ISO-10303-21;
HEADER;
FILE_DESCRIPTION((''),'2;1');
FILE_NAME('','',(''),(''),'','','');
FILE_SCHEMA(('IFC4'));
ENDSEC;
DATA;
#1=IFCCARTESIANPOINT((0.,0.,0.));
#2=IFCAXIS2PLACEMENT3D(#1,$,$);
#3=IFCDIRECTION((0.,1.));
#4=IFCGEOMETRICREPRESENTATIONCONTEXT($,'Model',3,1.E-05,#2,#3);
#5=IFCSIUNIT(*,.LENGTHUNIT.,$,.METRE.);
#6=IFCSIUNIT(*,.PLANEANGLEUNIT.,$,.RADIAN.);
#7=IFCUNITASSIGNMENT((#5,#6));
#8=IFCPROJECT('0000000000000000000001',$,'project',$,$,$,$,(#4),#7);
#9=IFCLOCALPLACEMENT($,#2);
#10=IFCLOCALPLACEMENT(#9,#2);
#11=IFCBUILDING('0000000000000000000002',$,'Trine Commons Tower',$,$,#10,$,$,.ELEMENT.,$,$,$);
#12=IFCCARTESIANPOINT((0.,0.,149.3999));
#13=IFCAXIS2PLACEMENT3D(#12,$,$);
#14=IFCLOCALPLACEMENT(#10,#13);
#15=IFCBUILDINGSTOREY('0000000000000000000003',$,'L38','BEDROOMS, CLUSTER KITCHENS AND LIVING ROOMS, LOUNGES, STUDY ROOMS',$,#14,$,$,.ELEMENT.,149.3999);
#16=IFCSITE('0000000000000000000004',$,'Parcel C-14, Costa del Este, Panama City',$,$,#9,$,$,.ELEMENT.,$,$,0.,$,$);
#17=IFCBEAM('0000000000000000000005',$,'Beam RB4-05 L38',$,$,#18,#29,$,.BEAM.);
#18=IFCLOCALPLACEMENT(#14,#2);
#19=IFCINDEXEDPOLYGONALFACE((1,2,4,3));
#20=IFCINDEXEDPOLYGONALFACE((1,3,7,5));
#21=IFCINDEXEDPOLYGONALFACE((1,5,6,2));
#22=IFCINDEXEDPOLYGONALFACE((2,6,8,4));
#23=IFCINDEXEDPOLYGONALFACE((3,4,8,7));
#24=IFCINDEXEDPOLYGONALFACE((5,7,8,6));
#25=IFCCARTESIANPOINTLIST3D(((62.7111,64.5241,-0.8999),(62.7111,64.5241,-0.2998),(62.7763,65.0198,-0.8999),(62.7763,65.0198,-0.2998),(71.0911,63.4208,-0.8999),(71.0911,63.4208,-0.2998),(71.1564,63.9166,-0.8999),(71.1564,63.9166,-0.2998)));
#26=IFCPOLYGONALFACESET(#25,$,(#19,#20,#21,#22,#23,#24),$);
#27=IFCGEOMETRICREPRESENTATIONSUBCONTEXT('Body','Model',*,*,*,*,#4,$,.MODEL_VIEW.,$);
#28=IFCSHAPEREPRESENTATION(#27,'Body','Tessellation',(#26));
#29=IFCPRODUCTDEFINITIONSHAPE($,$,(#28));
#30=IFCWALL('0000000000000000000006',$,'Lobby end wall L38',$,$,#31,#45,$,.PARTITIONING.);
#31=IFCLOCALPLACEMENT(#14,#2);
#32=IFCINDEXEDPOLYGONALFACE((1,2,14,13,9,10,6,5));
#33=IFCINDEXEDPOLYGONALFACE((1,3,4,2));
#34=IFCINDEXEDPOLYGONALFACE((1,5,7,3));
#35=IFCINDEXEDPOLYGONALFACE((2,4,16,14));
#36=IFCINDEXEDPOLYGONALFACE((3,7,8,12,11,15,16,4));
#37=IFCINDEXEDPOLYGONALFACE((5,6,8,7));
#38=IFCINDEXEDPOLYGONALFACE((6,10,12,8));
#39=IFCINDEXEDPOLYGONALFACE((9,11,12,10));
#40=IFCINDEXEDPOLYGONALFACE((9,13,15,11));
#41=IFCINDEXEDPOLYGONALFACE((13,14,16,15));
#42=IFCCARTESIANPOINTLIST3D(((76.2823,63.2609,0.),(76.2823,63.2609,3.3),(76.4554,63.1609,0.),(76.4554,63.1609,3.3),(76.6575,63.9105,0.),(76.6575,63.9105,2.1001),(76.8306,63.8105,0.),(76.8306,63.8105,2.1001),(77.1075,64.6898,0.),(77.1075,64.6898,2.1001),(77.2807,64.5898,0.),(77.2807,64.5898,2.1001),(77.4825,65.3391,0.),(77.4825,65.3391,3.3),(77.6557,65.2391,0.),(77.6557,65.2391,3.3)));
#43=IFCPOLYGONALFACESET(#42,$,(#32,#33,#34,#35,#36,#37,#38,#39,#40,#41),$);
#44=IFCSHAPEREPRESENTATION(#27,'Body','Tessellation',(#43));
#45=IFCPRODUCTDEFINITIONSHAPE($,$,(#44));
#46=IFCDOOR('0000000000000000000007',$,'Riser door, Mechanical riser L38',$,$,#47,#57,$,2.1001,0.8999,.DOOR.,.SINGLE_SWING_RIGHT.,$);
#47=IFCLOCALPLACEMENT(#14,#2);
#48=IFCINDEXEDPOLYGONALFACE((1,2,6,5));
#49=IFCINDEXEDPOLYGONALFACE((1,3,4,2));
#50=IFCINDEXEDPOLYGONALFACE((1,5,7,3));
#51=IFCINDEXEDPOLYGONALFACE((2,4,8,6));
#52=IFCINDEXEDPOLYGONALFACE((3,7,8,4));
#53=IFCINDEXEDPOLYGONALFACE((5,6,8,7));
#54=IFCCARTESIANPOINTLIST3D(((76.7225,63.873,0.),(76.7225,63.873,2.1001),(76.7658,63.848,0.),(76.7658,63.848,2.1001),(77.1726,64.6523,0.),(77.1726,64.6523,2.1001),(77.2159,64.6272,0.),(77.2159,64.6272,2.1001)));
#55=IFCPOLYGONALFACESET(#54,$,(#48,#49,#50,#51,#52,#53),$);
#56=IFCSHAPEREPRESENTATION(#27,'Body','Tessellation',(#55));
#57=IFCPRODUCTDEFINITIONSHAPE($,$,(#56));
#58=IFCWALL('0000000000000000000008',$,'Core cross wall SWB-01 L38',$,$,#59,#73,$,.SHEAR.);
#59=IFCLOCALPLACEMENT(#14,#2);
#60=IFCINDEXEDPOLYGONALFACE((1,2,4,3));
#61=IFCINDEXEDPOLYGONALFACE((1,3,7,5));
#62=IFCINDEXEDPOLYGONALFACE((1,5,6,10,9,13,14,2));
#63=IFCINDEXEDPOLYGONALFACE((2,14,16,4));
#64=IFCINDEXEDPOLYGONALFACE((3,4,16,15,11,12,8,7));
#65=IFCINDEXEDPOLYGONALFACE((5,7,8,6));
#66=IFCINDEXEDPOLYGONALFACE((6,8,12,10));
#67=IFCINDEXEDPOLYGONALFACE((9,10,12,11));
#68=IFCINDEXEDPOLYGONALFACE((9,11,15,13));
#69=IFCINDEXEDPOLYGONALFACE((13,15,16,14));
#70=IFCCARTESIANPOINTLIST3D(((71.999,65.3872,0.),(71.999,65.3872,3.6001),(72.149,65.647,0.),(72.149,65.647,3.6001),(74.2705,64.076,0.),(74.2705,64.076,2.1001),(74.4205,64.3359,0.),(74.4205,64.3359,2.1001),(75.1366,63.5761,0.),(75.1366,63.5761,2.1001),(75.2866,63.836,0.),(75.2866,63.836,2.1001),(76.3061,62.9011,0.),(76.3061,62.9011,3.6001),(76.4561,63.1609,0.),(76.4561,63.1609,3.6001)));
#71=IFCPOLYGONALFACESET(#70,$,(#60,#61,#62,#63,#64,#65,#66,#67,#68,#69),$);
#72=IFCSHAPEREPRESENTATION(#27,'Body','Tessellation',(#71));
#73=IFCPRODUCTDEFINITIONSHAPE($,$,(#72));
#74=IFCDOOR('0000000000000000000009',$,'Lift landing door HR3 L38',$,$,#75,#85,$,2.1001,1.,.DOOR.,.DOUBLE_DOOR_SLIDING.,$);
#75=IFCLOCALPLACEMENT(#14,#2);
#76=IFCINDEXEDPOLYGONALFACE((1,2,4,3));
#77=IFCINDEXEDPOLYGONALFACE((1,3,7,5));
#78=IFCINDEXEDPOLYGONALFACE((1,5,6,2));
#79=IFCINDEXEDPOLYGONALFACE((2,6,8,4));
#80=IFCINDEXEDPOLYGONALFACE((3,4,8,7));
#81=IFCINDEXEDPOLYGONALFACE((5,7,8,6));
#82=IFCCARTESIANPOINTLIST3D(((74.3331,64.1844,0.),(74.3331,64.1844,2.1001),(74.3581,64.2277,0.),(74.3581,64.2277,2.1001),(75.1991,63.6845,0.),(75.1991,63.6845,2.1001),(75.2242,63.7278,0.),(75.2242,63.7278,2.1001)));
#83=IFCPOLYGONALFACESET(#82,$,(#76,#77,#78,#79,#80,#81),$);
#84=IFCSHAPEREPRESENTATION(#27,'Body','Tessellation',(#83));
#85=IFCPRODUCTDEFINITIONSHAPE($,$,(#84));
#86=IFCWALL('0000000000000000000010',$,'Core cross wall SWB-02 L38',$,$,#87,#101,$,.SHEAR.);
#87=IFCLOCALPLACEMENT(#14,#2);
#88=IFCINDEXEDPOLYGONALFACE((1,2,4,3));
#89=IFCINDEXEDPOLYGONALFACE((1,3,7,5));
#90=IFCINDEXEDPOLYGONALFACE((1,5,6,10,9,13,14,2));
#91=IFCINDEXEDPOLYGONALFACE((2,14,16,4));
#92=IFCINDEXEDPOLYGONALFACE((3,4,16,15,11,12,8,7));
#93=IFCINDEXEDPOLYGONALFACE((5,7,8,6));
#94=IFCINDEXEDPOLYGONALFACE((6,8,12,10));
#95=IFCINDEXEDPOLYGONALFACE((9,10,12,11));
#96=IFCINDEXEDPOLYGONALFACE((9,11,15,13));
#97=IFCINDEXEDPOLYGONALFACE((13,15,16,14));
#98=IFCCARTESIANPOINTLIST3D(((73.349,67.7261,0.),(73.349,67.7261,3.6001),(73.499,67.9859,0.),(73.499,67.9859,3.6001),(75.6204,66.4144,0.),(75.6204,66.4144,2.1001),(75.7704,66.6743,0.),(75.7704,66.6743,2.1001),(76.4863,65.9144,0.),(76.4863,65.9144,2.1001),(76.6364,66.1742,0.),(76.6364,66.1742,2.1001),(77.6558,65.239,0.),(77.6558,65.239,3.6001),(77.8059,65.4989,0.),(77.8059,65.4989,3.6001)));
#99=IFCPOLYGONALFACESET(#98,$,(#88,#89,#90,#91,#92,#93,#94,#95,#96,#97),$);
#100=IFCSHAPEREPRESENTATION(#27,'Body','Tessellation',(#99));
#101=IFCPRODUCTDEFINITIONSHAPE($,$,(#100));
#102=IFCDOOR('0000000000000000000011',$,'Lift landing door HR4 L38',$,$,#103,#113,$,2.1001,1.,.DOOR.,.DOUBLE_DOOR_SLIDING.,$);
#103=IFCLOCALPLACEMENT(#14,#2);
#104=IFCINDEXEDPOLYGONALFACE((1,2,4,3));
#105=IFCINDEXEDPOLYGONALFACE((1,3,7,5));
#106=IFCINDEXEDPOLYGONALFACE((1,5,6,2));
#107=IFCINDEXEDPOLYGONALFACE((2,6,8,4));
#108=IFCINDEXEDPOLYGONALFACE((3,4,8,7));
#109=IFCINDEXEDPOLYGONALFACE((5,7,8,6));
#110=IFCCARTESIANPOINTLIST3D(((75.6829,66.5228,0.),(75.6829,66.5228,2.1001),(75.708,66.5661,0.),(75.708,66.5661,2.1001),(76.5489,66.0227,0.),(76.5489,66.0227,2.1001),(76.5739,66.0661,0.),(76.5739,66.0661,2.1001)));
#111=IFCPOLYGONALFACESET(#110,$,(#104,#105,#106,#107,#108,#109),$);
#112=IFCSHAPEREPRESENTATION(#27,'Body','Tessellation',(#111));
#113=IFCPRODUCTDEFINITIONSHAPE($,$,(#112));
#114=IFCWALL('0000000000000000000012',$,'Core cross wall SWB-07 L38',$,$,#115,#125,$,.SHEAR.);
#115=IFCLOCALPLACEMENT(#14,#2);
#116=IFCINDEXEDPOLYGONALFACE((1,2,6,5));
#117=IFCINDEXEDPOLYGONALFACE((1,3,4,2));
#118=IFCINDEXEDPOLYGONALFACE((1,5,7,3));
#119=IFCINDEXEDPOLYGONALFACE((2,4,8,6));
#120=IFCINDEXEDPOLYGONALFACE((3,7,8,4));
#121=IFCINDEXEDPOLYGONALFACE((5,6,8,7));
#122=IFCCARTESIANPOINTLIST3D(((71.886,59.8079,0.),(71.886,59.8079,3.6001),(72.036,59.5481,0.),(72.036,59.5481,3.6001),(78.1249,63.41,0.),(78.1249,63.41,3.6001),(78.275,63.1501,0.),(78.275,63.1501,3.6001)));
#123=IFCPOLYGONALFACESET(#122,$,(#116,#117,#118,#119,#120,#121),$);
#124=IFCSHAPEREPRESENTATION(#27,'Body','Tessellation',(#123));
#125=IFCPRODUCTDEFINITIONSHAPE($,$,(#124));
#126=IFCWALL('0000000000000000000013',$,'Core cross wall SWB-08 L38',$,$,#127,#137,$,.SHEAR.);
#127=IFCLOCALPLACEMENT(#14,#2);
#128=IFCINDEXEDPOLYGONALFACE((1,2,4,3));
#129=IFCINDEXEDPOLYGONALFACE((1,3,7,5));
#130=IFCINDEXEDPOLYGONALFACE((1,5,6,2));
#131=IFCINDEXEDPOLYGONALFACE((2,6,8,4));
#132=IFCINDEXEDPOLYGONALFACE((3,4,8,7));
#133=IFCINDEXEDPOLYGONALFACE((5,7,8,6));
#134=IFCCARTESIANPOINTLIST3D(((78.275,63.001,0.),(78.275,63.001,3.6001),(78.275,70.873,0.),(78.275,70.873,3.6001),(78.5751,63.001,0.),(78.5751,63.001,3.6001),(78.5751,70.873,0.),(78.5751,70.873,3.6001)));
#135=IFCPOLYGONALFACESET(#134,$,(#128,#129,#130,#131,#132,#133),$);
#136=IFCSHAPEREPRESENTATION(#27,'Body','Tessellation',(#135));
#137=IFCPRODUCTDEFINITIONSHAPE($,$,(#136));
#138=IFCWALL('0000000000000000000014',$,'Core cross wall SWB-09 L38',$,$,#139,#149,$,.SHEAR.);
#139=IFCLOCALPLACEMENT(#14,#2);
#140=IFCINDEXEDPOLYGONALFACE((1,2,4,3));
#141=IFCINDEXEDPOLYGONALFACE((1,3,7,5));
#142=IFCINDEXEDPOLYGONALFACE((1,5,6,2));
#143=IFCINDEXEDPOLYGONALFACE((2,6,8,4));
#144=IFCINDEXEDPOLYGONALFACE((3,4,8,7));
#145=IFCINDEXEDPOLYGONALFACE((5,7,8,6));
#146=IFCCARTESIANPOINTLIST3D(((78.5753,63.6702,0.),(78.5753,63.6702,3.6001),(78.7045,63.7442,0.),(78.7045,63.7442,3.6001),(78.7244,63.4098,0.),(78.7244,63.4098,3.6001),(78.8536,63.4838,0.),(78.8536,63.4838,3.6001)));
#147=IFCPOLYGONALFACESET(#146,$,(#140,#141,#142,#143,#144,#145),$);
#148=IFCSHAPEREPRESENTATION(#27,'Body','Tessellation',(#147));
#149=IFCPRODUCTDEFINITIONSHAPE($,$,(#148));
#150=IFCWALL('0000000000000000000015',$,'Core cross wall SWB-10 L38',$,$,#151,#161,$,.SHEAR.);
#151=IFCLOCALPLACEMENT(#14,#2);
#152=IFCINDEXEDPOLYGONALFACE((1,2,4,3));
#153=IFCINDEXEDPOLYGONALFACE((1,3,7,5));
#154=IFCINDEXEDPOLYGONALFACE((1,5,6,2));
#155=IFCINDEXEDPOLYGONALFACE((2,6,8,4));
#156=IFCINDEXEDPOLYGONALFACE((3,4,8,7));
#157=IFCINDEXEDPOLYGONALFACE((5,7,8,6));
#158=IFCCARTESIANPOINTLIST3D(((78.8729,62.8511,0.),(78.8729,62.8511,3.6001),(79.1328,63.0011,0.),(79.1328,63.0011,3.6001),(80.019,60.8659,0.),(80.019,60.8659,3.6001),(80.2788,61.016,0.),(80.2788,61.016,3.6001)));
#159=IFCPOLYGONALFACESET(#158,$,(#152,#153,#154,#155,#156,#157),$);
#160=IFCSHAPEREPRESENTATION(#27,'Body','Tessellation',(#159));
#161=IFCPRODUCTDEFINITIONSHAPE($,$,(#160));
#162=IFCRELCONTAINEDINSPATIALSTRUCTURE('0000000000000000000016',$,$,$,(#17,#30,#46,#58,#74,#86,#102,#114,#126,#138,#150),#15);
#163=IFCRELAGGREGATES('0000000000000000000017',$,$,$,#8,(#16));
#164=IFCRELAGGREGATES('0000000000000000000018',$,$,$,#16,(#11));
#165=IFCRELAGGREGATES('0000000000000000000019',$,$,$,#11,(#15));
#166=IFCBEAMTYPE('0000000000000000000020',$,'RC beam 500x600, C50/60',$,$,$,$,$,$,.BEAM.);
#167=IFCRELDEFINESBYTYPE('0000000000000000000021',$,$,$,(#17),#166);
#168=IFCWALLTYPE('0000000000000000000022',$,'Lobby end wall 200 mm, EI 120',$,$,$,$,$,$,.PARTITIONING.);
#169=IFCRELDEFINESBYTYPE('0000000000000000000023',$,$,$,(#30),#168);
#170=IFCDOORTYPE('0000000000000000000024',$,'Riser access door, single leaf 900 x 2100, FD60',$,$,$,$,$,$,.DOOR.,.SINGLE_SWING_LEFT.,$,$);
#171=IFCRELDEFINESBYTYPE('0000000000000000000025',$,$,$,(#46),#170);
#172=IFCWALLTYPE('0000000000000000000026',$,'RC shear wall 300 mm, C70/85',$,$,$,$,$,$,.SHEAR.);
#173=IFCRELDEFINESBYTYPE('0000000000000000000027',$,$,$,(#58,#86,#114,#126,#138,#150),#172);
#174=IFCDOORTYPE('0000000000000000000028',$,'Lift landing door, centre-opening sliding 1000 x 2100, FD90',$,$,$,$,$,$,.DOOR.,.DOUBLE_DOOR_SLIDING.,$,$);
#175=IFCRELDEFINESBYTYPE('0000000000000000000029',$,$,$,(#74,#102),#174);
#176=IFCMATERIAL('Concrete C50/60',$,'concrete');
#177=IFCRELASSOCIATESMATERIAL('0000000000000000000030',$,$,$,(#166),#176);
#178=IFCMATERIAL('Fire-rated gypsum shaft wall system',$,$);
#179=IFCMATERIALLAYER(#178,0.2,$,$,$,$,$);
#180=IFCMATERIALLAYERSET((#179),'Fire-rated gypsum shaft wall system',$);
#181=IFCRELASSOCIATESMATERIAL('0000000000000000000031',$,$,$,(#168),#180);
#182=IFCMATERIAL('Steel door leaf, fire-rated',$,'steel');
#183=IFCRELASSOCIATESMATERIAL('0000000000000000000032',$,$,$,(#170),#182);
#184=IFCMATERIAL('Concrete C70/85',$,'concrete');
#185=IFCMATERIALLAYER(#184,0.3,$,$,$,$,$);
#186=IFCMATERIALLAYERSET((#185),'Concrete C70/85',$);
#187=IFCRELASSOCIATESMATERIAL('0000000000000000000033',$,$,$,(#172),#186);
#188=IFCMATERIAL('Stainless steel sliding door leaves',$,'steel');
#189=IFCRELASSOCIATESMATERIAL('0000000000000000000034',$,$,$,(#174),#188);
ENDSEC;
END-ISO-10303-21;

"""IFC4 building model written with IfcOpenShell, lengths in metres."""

from ifc_helpers import new_model, si_unit, direction, frame, frame_2d, origin, origin_2d, place, context, subcontext, project, spatial, rectangle, extrude, material, layer, layer_set, material_profile, profile_set, type_object, element, fill, save


model = new_model("IFC4")

# Units and contexts
model_context = context("Model", 3, precision=1e-05, world=origin(), true_north=direction((0.0, 1.0)))
body_context = subcontext(model_context, "Body", "Model", "MODEL_VIEW")
ifc_project = project(units=[si_unit("LENGTHUNIT", "METRE"), si_unit("PLANEANGLEUNIT", "RADIAN")], contexts=[model_context])

# Site, building, storey
site_placement = place(None, origin())
site = spatial("IfcSite", under=ifc_project, at=site_placement, Name="Parcel C-14, Costa del Este, Panama City", CompositionType="ELEMENT", RefElevation=0.0)
building_placement = place(site_placement, origin())
building = spatial("IfcBuilding", under=site, at=building_placement, Name="Trine Commons Tower", CompositionType="ELEMENT")
storey_placement = place(building_placement, frame((0.0, 0.0, 149.3999)))
storey = spatial("IfcBuildingStorey", under=building, at=storey_placement, Name="L38", Description="BEDROOMS, CLUSTER KITCHENS AND LIVING ROOMS, LOUNGES, STUDY ROOMS", CompositionType="ELEMENT", Elevation=149.3999)

# Beam
ifc_material_1 = material(Name="Concrete C50/60", Category="concrete")
ifc_material_profile = material_profile(ifc_material_1, rectangle(XDim=0.5, YDim=0.6001, at=origin_2d()), Name="RC 500x600")
ifc_profile_set = profile_set([ifc_material_profile], Name="Concrete C50/60")
beam_type = type_object("IfcBeamType", Name="RC beam 500x600, C50/60", PredefinedType="BEAM", material=ifc_profile_set)
beam_placement = place(storey_placement, frame((71.1238, 63.6687, -0.5999), z_axis=(-0.991445, 0.130527, 0.0), x_axis=(-0.130527, -0.991445, 0.0)))
element("IfcBeam", 1, at=beam_placement, inside=storey, type_object=beam_type, Name="Beam RB4-05 L38", PredefinedType="BEAM", context=body_context, shape_type="SweptSolid", body=[
    extrude(rectangle(XDim=0.5, YDim=0.6001, at=origin_2d()), origin(), (0.0, 0.0, 1.0), 8.4524),
])

# Walls, openings, doors
ifc_material_2 = material(Name="Fire-rated gypsum shaft wall system")
ifc_layer_1 = layer(ifc_material_2, 0.2)
ifc_layer_set_1 = layer_set([ifc_layer_1], Name="Fire-rated gypsum shaft wall system")
wall_type_1 = type_object("IfcWallType", Name="Lobby end wall 200 mm, EI 120", PredefinedType="PARTITIONING", material=ifc_layer_set_1)
wall_1_placement = place(storey_placement, frame((77.5691, 65.2891, 0.0), z_axis=(0.0, 0.0, 1.0), x_axis=(-0.500122, -0.865955, 0.0)))
wall_1 = element("IfcWall", 2, at=wall_1_placement, inside=storey, type_object=wall_type_1, Name="Lobby end wall L38", PredefinedType="PARTITIONING", context=body_context, shape_type="SweptSolid", body=[
    extrude(rectangle(XDim=2.3999, YDim=0.2, at=frame_2d((1.2, 0.0))), origin(), (0.0, 0.0, 1.0), 3.3),
])
opening_1_placement = place(wall_1_placement, frame((0.7498, 0.0, 0.0)))
opening_1 = element("IfcOpeningElement", 3, at=opening_1_placement, cuts=wall_1, PredefinedType="OPENING", context=body_context, shape_type="SweptSolid", body=[
    extrude(rectangle(XDim=0.8999, YDim=2.1001, at=frame_2d((0.45, 1.05))), frame((0.0, 0.1099, 0.0), z_axis=(0.0, -1.0, 0.0), x_axis=(1.0, 0.0, 0.0)), (0.0, 0.0, 1.0), 0.22),
])
ifc_material_3 = material(Name="Steel door leaf, fire-rated", Category="steel")
door_type_1 = type_object("IfcDoorType", Name="Riser access door, single leaf 900 x 2100, FD60", OperationType="SINGLE_SWING_LEFT", PredefinedType="DOOR", material=ifc_material_3)
door_1_placement = place(opening_1_placement, frame((0.8999, 0.0, 0.0), z_axis=(0.0, 0.0, 1.0), x_axis=(-1.0, 0.0, 0.0)))
door_1 = element("IfcDoor", 4, at=door_1_placement, inside=storey, type_object=door_type_1, Name="Riser door, Mechanical riser L38", OperationType="SINGLE_SWING_RIGHT", OverallHeight=2.1001, OverallWidth=0.8999, PredefinedType="DOOR", context=body_context, shape_type="SweptSolid", body=[
    extrude(rectangle(XDim=0.8999, YDim=2.1001, at=frame_2d((0.45, 1.05))), frame((0.0, 0.0249, 0.0), z_axis=(0.0, -1.0, 0.0), x_axis=(1.0, 0.0, 0.0)), (0.0, 0.0, 1.0), 0.05),
])
fill(opening_1, door_1)
ifc_material_4 = material(Name="Concrete C70/85", Category="concrete")
ifc_layer_2 = layer(ifc_material_4, 0.3)
ifc_layer_set_2 = layer_set([ifc_layer_2], Name="Concrete C70/85")
wall_type_2 = type_object("IfcWallType", Name="RC shear wall 300 mm, C70/85", PredefinedType="SHEAR", material=ifc_layer_set_2)
wall_2_placement = place(storey_placement, frame((76.3811, 63.031, 0.0), z_axis=(0.0, 0.0, 1.0), x_axis=(-0.866081, 0.499904, 0.0)))
wall_2 = element("IfcWall", 5, at=wall_2_placement, inside=storey, type_object=wall_type_2, Name="Core cross wall SWB-01 L38", PredefinedType="SHEAR", context=body_context, shape_type="SweptSolid", body=[
    extrude(rectangle(XDim=4.9731, YDim=0.3, at=frame_2d((2.4866, 0.0))), origin(), (0.0, 0.0, 1.0), 3.6001),
])
opening_2_placement = place(wall_2_placement, frame((1.3503, 0.0, 0.0)))
opening_2 = element("IfcOpeningElement", 6, at=opening_2_placement, cuts=wall_2, PredefinedType="OPENING", context=body_context, shape_type="SweptSolid", body=[
    extrude(rectangle(XDim=1.0, YDim=2.1001, at=frame_2d((0.5, 1.05))), frame((0.0, 0.1599, 0.0), z_axis=(0.0, -1.0, 0.0), x_axis=(1.0, 0.0, 0.0)), (0.0, 0.0, 1.0), 0.3201),
])
ifc_material_5 = material(Name="Stainless steel sliding door leaves", Category="steel")
door_type_2 = type_object("IfcDoorType", Name="Lift landing door, centre-opening sliding 1000 x 2100, FD90", OperationType="DOUBLE_DOOR_SLIDING", PredefinedType="DOOR", material=ifc_material_5)
door_2_placement = place(opening_2_placement, origin())
door_2 = element("IfcDoor", 7, at=door_2_placement, inside=storey, type_object=door_type_2, Name="Lift landing door HR3 L38", OperationType="DOUBLE_DOOR_SLIDING", OverallHeight=2.1001, OverallWidth=1.0, PredefinedType="DOOR", context=body_context, shape_type="SweptSolid", body=[
    extrude(rectangle(XDim=1.0, YDim=2.1001, at=frame_2d((0.5, 1.05))), frame((0.0, 0.0249, 0.0), z_axis=(0.0, -1.0, 0.0), x_axis=(1.0, 0.0, 0.0)), (0.0, 0.0, 1.0), 0.05),
])
fill(opening_2, door_2)
wall_3_placement = place(storey_placement, frame((77.731, 65.3689, 0.0), z_axis=(0.0, 0.0, 1.0), x_axis=(-0.865984, 0.500072, 0.0)))
wall_3 = element("IfcWall", 8, at=wall_3_placement, inside=storey, type_object=wall_type_2, Name="Core cross wall SWB-02 L38", PredefinedType="SHEAR", context=body_context, shape_type="SweptSolid", body=[
    extrude(rectangle(XDim=4.9734, YDim=0.3, at=frame_2d((2.4868, 0.0))), origin(), (0.0, 0.0, 1.0), 3.6001),
])
opening_3_placement = place(wall_3_placement, frame((1.3506, 0.0, 0.0)))
opening_3 = element("IfcOpeningElement", 9, at=opening_3_placement, cuts=wall_3, PredefinedType="OPENING", context=body_context, shape_type="SweptSolid", body=[
    extrude(rectangle(XDim=1.0, YDim=2.1001, at=frame_2d((0.5, 1.05))), frame((0.0, 0.1599, 0.0), z_axis=(0.0, -1.0, 0.0), x_axis=(1.0, 0.0, 0.0)), (0.0, 0.0, 1.0), 0.3201),
])
door_3_placement = place(opening_3_placement, origin())
door_3 = element("IfcDoor", 10, at=door_3_placement, inside=storey, type_object=door_type_2, Name="Lift landing door HR4 L38", OperationType="DOUBLE_DOOR_SLIDING", OverallHeight=2.1001, OverallWidth=1.0, PredefinedType="DOOR", context=body_context, shape_type="SweptSolid", body=[
    extrude(rectangle(XDim=1.0, YDim=2.1001, at=frame_2d((0.5, 1.05))), frame((0.0, 0.0249, 0.0), z_axis=(0.0, -1.0, 0.0), x_axis=(1.0, 0.0, 0.0)), (0.0, 0.0, 1.0), 0.05),
])
fill(opening_3, door_3)

# Walls
wall_4_placement = place(storey_placement, frame((78.2, 63.28, 0.0), z_axis=(0.0, 0.0, 1.0), x_axis=(-0.866028, -0.499995, 0.0)))
element("IfcWall", 11, at=wall_4_placement, inside=storey, type_object=wall_type_2, Name="Core cross wall SWB-07 L38", PredefinedType="SHEAR", context=body_context, shape_type="SweptSolid", body=[
    extrude(rectangle(XDim=7.2041, YDim=0.3, at=frame_2d((3.6021, 0.0))), origin(), (0.0, 0.0, 1.0), 3.6001),
])
wall_5_placement = place(storey_placement, frame((78.425, 63.001, 0.0), z_axis=(0.0, 0.0, 1.0), x_axis=(0.0, 1.0, 0.0)))
element("IfcWall", 12, at=wall_5_placement, inside=storey, type_object=wall_type_2, Name="Core cross wall SWB-08 L38", PredefinedType="SHEAR", context=body_context, shape_type="SweptSolid", body=[
    extrude(rectangle(XDim=7.8721, YDim=0.3, at=frame_2d((3.936, 0.0))), origin(), (0.0, 0.0, 1.0), 3.6001),
])
wall_6_placement = place(storey_placement, frame((78.7791, 63.614, 0.0), z_axis=(0.0, 0.0, 1.0), x_axis=(-0.867738, -0.497022, 0.0)))
element("IfcWall", 13, at=wall_6_placement, inside=storey, type_object=wall_type_2, Name="Core cross wall SWB-09 L38", PredefinedType="SHEAR", context=body_context, shape_type="SweptSolid", body=[
    extrude(rectangle(XDim=0.1489, YDim=0.3, at=frame_2d((0.0745, 0.0))), origin(), (0.0, 0.0, 1.0), 3.6001),
])
wall_7_placement = place(storey_placement, frame((79.0029, 62.926, 0.0), z_axis=(0.0, 0.0, 1.0), x_axis=(0.499965, -0.866045, 0.0)))
element("IfcWall", 14, at=wall_7_placement, inside=storey, type_object=wall_type_2, Name="Core cross wall SWB-10 L38", PredefinedType="SHEAR", context=body_context, shape_type="SweptSolid", body=[
    extrude(rectangle(XDim=2.2922, YDim=0.3, at=frame_2d((1.146, 0.0))), origin(), (0.0, 0.0, 1.0), 3.6001),
])

save(model, "model.ifc")
